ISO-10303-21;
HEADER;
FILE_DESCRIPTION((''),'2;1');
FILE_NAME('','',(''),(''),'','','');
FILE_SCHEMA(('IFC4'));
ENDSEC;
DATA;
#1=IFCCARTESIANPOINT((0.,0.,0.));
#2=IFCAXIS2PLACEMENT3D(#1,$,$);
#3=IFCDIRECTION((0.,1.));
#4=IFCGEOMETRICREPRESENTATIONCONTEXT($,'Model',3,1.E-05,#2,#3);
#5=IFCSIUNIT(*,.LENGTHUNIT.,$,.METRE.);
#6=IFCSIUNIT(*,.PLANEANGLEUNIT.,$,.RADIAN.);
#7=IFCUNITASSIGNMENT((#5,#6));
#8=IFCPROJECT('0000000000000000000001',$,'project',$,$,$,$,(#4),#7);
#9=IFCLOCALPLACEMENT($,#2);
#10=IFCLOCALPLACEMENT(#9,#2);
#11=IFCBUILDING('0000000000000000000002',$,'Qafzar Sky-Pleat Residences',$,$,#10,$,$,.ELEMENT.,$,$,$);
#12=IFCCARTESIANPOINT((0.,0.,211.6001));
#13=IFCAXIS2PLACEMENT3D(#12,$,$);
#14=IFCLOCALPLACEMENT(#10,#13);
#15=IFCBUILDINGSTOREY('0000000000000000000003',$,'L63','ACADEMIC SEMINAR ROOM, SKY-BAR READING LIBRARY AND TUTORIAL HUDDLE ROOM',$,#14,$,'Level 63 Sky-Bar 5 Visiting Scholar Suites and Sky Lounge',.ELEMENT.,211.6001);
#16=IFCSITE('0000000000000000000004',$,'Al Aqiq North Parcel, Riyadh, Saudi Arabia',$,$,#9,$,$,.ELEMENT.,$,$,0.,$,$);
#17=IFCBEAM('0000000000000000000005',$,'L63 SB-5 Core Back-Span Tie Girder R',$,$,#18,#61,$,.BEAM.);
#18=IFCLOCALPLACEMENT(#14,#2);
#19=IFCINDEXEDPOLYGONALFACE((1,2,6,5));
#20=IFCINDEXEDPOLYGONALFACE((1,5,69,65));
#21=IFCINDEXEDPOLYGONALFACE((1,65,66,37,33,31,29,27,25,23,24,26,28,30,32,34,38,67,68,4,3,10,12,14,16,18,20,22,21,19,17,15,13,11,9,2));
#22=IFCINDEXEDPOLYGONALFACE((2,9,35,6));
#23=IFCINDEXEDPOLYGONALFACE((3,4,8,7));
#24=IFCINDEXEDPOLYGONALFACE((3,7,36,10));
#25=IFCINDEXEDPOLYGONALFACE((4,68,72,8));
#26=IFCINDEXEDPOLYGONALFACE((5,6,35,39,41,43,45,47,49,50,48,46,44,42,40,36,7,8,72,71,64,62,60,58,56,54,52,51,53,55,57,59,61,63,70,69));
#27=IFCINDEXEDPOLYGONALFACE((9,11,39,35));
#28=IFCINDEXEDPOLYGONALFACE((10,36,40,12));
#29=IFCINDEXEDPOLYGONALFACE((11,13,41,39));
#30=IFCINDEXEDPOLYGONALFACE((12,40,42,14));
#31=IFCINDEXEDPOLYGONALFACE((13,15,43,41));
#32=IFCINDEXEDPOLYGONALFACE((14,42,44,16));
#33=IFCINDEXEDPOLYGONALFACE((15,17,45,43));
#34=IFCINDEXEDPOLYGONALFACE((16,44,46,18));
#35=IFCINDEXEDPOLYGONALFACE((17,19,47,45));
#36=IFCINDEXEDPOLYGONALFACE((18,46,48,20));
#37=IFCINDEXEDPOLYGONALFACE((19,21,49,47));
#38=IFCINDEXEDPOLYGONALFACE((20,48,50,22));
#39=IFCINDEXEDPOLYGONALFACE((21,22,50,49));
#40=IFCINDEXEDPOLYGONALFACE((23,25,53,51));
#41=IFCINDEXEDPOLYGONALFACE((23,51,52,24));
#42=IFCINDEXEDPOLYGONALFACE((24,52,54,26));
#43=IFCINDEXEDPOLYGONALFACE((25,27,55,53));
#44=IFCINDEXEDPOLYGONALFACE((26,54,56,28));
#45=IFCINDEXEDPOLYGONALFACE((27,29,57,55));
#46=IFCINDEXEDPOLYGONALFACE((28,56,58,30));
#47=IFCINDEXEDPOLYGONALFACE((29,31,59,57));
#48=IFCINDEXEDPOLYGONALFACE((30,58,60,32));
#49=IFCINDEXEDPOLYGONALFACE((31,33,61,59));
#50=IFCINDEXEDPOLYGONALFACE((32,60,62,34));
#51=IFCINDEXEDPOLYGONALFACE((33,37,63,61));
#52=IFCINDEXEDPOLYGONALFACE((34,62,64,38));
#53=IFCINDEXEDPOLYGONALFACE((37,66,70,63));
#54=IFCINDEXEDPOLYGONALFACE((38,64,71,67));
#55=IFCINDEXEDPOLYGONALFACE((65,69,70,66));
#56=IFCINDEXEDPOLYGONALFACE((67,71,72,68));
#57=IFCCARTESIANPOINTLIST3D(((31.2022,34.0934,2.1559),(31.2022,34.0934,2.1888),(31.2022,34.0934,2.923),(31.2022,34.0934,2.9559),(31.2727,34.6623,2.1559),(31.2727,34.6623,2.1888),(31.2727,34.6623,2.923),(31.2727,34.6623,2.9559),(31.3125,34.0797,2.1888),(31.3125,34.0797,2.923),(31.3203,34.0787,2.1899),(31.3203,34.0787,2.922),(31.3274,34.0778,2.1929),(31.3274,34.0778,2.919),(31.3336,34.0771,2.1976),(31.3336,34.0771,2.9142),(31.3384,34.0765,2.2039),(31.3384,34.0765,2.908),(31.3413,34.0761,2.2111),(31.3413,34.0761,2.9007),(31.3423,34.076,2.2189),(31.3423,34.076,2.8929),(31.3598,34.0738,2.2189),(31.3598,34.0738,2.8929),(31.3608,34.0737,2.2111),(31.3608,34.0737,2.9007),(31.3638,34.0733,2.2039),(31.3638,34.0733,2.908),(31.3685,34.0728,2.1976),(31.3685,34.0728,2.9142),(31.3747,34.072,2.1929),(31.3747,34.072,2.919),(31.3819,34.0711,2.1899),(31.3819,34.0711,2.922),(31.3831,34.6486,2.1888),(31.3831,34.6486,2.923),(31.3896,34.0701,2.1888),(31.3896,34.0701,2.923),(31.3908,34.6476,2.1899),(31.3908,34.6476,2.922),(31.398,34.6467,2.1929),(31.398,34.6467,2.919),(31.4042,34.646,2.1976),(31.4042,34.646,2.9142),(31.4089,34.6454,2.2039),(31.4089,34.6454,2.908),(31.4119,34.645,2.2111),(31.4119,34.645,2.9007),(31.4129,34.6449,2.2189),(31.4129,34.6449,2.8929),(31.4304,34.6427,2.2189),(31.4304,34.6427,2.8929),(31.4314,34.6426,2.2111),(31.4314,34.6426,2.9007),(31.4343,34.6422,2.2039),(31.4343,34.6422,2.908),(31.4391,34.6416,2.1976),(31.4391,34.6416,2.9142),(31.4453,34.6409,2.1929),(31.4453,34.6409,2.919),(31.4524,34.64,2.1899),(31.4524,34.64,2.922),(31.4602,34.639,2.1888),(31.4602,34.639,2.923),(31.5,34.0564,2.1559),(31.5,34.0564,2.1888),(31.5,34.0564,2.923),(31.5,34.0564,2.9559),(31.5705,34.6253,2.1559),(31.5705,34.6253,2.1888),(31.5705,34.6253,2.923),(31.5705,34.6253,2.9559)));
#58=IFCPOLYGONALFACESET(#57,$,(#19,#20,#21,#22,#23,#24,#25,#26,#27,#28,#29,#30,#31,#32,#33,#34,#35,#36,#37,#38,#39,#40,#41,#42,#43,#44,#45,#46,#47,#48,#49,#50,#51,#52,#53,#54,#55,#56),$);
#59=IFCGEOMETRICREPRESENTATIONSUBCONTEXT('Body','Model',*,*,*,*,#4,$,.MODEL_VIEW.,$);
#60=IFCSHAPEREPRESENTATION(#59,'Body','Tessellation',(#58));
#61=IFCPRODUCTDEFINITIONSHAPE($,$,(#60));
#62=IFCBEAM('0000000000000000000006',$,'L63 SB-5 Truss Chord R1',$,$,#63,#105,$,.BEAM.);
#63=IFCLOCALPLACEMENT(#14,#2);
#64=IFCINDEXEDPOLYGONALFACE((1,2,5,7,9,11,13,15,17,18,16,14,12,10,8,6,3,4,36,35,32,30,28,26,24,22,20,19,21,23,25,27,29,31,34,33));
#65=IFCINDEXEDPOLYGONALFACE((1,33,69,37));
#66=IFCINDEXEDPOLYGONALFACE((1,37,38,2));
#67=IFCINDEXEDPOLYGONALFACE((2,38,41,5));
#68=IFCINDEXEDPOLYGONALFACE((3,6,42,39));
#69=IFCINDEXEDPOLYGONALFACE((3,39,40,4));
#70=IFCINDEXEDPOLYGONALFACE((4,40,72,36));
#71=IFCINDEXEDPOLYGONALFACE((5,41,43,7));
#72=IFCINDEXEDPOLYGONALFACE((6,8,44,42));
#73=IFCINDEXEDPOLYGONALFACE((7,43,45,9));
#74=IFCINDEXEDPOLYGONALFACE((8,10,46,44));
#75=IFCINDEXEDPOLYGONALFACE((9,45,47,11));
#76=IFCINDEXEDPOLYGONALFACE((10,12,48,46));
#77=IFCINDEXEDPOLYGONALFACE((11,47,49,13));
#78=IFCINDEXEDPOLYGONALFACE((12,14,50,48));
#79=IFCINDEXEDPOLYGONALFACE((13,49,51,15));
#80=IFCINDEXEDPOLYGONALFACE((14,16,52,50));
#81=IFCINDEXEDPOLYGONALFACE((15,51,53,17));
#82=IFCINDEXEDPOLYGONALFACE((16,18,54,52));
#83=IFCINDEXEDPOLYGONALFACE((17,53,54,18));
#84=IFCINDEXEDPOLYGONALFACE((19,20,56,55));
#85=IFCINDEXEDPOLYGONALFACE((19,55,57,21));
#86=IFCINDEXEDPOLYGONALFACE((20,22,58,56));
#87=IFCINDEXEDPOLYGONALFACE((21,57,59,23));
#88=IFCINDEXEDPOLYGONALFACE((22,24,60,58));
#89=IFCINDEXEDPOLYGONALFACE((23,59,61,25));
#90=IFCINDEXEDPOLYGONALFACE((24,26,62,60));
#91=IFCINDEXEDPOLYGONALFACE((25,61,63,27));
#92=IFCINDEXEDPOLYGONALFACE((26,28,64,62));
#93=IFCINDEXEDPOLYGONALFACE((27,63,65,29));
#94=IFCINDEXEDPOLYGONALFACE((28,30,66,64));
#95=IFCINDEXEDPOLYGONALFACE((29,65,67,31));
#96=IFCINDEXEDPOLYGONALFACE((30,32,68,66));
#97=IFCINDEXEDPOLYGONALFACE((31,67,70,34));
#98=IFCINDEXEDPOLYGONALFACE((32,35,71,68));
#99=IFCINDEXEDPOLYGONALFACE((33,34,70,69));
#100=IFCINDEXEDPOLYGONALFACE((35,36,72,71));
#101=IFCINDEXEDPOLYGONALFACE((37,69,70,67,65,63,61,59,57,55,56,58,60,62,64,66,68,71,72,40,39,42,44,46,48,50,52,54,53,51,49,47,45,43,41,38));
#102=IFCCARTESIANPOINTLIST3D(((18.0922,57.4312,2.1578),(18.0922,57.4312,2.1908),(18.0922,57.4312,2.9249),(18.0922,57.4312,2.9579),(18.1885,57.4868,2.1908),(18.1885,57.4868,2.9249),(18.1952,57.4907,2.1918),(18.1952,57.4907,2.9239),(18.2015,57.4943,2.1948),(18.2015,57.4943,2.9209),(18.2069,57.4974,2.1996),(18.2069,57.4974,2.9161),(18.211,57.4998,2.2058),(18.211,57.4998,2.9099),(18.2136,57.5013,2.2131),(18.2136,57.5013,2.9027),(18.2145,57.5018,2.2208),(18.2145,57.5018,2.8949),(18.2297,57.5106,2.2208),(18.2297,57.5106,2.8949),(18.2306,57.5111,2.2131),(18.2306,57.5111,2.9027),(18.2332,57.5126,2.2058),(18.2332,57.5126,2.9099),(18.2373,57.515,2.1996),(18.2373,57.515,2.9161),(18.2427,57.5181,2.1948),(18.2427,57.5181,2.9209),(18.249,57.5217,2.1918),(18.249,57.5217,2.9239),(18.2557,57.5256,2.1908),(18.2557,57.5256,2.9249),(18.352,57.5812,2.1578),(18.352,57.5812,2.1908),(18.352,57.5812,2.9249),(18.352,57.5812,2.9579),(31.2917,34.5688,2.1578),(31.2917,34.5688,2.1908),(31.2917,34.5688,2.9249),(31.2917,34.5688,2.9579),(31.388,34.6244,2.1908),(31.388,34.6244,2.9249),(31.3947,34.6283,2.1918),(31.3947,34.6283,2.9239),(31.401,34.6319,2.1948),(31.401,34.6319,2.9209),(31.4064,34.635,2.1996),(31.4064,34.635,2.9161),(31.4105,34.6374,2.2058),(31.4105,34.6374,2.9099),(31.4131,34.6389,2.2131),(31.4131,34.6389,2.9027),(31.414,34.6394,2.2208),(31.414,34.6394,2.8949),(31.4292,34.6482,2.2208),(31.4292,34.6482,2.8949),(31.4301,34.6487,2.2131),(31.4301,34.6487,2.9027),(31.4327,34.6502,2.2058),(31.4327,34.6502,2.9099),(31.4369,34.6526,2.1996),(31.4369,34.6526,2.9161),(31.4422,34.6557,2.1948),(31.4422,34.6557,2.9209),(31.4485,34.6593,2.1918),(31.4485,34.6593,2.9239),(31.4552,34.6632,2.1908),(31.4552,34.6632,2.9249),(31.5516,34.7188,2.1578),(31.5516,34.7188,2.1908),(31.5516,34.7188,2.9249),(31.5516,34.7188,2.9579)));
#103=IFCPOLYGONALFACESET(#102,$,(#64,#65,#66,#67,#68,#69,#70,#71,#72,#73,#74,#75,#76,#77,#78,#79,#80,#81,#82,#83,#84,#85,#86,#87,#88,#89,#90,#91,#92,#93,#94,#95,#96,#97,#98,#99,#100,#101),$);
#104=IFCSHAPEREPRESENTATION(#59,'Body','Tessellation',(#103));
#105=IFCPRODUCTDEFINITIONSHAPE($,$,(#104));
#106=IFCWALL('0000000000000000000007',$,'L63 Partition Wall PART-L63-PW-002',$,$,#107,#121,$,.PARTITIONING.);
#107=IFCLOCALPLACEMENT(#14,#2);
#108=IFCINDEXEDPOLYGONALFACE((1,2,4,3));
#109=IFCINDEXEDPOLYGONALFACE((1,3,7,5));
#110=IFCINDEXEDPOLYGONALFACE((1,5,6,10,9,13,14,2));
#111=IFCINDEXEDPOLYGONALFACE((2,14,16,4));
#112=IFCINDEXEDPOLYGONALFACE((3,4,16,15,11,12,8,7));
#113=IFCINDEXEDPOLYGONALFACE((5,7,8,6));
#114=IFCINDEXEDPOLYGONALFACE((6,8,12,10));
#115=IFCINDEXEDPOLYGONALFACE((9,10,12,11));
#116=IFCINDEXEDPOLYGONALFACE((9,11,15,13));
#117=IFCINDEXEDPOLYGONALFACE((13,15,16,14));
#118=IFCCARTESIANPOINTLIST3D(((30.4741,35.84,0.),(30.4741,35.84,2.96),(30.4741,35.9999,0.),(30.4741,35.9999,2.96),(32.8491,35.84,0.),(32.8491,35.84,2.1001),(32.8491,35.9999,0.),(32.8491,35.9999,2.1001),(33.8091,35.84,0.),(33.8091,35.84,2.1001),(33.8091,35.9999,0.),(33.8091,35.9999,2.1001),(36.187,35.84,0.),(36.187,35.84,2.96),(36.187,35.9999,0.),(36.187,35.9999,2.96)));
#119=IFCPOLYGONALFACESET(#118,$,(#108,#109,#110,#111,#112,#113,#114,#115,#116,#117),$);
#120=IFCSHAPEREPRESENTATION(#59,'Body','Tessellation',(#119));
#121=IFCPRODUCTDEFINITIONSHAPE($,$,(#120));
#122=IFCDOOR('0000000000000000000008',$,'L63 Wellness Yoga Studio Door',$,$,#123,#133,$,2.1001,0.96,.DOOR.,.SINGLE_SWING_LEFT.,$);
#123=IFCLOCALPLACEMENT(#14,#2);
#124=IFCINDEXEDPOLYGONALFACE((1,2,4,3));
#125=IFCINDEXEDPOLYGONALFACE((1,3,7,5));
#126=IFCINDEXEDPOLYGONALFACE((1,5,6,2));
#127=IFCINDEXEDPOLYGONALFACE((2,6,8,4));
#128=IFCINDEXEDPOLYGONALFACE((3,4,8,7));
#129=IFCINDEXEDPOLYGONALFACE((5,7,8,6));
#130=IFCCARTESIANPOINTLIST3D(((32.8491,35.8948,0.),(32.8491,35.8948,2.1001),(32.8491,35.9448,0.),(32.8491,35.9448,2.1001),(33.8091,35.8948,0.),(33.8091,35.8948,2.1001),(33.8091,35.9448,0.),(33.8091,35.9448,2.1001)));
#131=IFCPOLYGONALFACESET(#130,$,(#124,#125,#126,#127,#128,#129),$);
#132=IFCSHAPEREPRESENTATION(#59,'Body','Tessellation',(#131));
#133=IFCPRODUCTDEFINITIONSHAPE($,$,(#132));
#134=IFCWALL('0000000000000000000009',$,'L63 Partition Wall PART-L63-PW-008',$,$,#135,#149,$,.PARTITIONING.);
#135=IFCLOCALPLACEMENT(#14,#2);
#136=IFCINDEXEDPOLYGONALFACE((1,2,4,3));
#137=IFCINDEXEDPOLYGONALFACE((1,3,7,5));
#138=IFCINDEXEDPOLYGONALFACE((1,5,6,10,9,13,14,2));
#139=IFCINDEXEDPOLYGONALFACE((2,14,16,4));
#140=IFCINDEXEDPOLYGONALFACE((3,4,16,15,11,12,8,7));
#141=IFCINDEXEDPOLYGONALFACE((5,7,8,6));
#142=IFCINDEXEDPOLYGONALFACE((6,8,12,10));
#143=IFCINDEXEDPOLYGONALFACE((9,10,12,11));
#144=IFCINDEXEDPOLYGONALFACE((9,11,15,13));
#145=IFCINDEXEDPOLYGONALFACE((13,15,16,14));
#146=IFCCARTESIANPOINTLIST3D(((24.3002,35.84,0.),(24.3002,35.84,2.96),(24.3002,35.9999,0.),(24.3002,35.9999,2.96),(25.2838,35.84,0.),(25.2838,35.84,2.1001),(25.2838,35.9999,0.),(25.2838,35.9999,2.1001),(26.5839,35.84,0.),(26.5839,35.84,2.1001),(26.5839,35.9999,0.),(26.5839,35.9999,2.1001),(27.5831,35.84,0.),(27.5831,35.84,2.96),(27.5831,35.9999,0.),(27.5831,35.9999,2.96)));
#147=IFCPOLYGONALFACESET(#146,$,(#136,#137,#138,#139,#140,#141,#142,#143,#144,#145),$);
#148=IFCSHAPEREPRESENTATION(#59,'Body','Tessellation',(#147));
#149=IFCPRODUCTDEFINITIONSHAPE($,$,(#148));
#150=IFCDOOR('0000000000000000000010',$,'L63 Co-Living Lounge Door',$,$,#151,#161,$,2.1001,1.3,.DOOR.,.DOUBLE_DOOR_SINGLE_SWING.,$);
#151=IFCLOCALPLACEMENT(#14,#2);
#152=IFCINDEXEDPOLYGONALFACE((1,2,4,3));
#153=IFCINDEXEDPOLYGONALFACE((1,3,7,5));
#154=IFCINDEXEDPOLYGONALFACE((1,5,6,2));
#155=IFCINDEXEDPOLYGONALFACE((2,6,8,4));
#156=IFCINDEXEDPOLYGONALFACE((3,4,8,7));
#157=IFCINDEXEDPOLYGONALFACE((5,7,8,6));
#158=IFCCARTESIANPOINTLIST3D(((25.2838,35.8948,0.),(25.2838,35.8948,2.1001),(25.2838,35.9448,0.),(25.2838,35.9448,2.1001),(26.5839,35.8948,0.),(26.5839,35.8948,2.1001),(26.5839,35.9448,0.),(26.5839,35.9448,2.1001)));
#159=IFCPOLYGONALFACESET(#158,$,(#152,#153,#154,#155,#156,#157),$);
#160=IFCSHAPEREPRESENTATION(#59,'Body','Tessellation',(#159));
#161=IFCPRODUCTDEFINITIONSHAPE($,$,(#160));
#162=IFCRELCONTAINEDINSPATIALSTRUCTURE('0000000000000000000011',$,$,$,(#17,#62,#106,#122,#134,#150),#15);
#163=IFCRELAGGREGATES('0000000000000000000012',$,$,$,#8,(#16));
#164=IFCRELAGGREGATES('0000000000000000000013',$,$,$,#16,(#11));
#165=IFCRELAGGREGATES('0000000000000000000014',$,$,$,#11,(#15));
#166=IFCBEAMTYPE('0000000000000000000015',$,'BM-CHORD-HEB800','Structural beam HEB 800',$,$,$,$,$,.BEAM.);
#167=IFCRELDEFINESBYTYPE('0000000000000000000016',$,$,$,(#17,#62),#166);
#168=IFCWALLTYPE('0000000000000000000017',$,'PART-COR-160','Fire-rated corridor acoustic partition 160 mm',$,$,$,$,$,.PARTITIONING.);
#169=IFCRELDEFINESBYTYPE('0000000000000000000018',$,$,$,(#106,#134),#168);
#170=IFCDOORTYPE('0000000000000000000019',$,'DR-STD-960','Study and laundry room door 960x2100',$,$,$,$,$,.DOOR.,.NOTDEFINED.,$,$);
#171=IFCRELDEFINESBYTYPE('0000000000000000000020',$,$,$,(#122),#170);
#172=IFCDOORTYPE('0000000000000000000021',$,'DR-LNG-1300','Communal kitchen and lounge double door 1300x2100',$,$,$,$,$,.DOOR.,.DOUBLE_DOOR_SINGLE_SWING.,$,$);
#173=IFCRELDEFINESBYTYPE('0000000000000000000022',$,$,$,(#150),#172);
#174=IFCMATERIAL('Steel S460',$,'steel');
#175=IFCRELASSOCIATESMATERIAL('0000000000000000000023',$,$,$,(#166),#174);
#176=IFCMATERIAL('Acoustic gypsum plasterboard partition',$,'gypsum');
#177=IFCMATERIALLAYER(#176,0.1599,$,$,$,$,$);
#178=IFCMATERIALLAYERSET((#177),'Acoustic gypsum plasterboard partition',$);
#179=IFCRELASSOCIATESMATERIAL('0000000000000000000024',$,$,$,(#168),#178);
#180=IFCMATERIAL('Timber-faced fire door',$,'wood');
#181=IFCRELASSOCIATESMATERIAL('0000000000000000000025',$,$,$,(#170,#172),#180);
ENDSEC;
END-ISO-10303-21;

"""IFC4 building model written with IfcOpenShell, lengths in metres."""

from ifc_helpers import new_model, si_unit, direction, frame, frame_2d, origin, origin_2d, place, context, subcontext, project, spatial, rectangle, i_section, extrude, source, transform, mapped, material, layer, layer_set, material_profile, profile_set, type_object, element, fill, save


model = new_model("IFC4")

# Units and contexts
model_context = context("Model", 3, precision=1e-05, world=origin(), true_north=direction((0.0, 1.0)))
body_context = subcontext(model_context, "Body", "Model", "MODEL_VIEW")
ifc_project = project(units=[si_unit("LENGTHUNIT", "METRE"), si_unit("PLANEANGLEUNIT", "RADIAN")], contexts=[model_context])

# Site, building, storey
site_placement = place(None, origin())
site = spatial("IfcSite", under=ifc_project, at=site_placement, Name="Al Aqiq North Parcel, Riyadh, Saudi Arabia", CompositionType="ELEMENT", RefElevation=0.0)
building_placement = place(site_placement, origin())
building = spatial("IfcBuilding", under=site, at=building_placement, Name="Qafzar Sky-Pleat Residences", CompositionType="ELEMENT")
storey_placement = place(building_placement, frame((0.0, 0.0, 211.6001)))
storey = spatial("IfcBuildingStorey", under=building, at=storey_placement, Name="L63", Description="ACADEMIC SEMINAR ROOM, SKY-BAR READING LIBRARY AND TUTORIAL HUDDLE ROOM", LongName="Level 63 Sky-Bar 5 Visiting Scholar Suites and Sky Lounge", CompositionType="ELEMENT", Elevation=211.6001)

# Beams
ifc_material_1 = material(Name="Steel S460", Category="steel")
ifc_material_profile = material_profile(ifc_material_1, i_section(OverallWidth=0.3, OverallDepth=0.8, WebThickness=0.0176, FlangeThickness=0.033, FilletRadius=0.03, at=origin_2d()), Name="HEB 800")
ifc_profile_set = profile_set([ifc_material_profile], Name="Steel S460")
beam_type = type_object("IfcBeamType", Name="BM-CHORD-HEB800", Description="Structural beam HEB 800", PredefinedType="BEAM", material=ifc_profile_set)
shared_shape_1 = source(origin(), body_context, "Body", "SweptSolid", [
    extrude(i_section(OverallWidth=0.3, OverallDepth=0.8, WebThickness=0.0176, FlangeThickness=0.033, FilletRadius=0.03, at=origin_2d()), origin(), (0.0, 0.0, 1.0), 0.5732),
])
beam_1_placement = place(storey_placement, frame((31.4216, 34.6438, 2.5559), z_axis=(-0.123091, -0.992395, 0.0), x_axis=(0.992395, -0.123091, 0.0)))
element("IfcBeam", 1, at=beam_1_placement, inside=storey, type_object=beam_type, Name="L63 SB-5 Core Back-Span Tie Girder R", PredefinedType="BEAM", context=body_context, shape_type="MappedRepresentation", body=[
    mapped(shared_shape_1, transform((0.0, 0.0, 0.0), x_axis=(1.0, 0.0, 0.0), y_axis=(0.0, 1.0, 0.0), z_axis=(0.0, 0.0, 1.0), scale=1.0)),
])
shared_shape_2 = source(origin(), body_context, "Body", "SweptSolid", [
    extrude(i_section(OverallWidth=0.3, OverallDepth=0.8, WebThickness=0.0176, FlangeThickness=0.033, FilletRadius=0.03, at=origin_2d()), origin(), (0.0, 0.0, 1.0), 26.3992),
])
beam_2_placement = place(storey_placement, frame((31.4216, 34.6438, 2.5579), z_axis=(-0.499997, 0.866027, 0.0), x_axis=(-0.866027, -0.499997, 0.0)))
element("IfcBeam", 2, at=beam_2_placement, inside=storey, type_object=beam_type, Name="L63 SB-5 Truss Chord R1", PredefinedType="BEAM", context=body_context, shape_type="MappedRepresentation", body=[
    mapped(shared_shape_2, transform((0.0, 0.0, 0.0), x_axis=(1.0, 0.0, 0.0), y_axis=(0.0, 1.0, 0.0), z_axis=(0.0, 0.0, 1.0), scale=1.0)),
])

# Walls, openings, doors
ifc_material_2 = material(Name="Acoustic gypsum plasterboard partition", Category="gypsum")
ifc_layer_1 = layer(ifc_material_2, 0.1599)
ifc_layer_set_1 = layer_set([ifc_layer_1], Name="Acoustic gypsum plasterboard partition")
wall_type_1 = type_object("IfcWallType", Name="PART-COR-160", Description="Fire-rated corridor acoustic partition 160 mm", PredefinedType="PARTITIONING", material=ifc_layer_set_1)
wall_1_placement = place(storey_placement, frame((30.4741, 35.9199, 0.0), z_axis=(0.0, 0.0, 1.0), x_axis=(1.0, 0.0, 0.0)))
wall_1 = element("IfcWall", 3, at=wall_1_placement, inside=storey, type_object=wall_type_1, Name="L63 Partition Wall PART-L63-PW-002", PredefinedType="PARTITIONING", context=body_context, shape_type="SweptSolid", body=[
    extrude(rectangle(XDim=5.7129, YDim=0.1599, at=frame_2d((2.8564, 0.0))), origin(), (0.0, 0.0, 1.0), 2.96),
])
opening_1_placement = place(wall_1_placement, frame((2.375, 0.0, 0.0)))
opening_1 = element("IfcOpeningElement", 4, at=opening_1_placement, cuts=wall_1, PredefinedType="OPENING", context=body_context, shape_type="SweptSolid", body=[
    extrude(rectangle(XDim=0.96, YDim=2.1001, at=frame_2d((0.48, 1.05))), frame((0.0, 0.0898, 0.0), z_axis=(0.0, -1.0, 0.0), x_axis=(1.0, 0.0, 0.0)), (0.0, 0.0, 1.0), 0.1799),
])
ifc_material_3 = material(Name="Timber-faced fire door", Category="wood")
door_type_1 = type_object("IfcDoorType", Name="DR-STD-960", Description="Study and laundry room door 960x2100", OperationType="NOTDEFINED", PredefinedType="DOOR", material=ifc_material_3)
shared_shape_3 = source(origin(), body_context, "Body", "SweptSolid", [
    extrude(rectangle(XDim=0.96, YDim=2.1001, at=frame_2d((0.48, 1.05))), frame((0.0, 0.0249, 0.0), z_axis=(0.0, -1.0, 0.0), x_axis=(1.0, 0.0, 0.0)), (0.0, 0.0, 1.0), 0.05),
])
door_1_placement = place(opening_1_placement, origin())
door_1 = element("IfcDoor", 5, at=door_1_placement, inside=storey, type_object=door_type_1, Name="L63 Wellness Yoga Studio Door", OperationType="SINGLE_SWING_LEFT", OverallHeight=2.1001, OverallWidth=0.96, PredefinedType="DOOR", context=body_context, shape_type="MappedRepresentation", body=[
    mapped(shared_shape_3, transform((0.0, 0.0, 0.0), x_axis=(1.0, 0.0, 0.0), y_axis=(0.0, 1.0, 0.0), z_axis=(0.0, 0.0, 1.0), scale=1.0)),
])
fill(opening_1, door_1)
wall_2_placement = place(storey_placement, frame((24.3, 35.9199, 0.0), z_axis=(0.0, 0.0, 1.0), x_axis=(1.0, 0.0, 0.0)))
wall_2 = element("IfcWall", 6, at=wall_2_placement, inside=storey, type_object=wall_type_1, Name="L63 Partition Wall PART-L63-PW-008", PredefinedType="PARTITIONING", context=body_context, shape_type="SweptSolid", body=[
    extrude(rectangle(XDim=3.283, YDim=0.1599, at=frame_2d((1.6416, 0.0))), origin(), (0.0, 0.0, 1.0), 2.96),
])
opening_2_placement = place(wall_2_placement, frame((0.9839, 0.0, 0.0)))
opening_2 = element("IfcOpeningElement", 7, at=opening_2_placement, cuts=wall_2, PredefinedType="OPENING", context=body_context, shape_type="SweptSolid", body=[
    extrude(rectangle(XDim=1.3, YDim=2.1001, at=frame_2d((0.6499, 1.05))), frame((0.0, 0.0898, 0.0), z_axis=(0.0, -1.0, 0.0), x_axis=(1.0, 0.0, 0.0)), (0.0, 0.0, 1.0), 0.1799),
])
door_type_2 = type_object("IfcDoorType", Name="DR-LNG-1300", Description="Communal kitchen and lounge double door 1300x2100", OperationType="DOUBLE_DOOR_SINGLE_SWING", PredefinedType="DOOR", material=ifc_material_3)
shared_shape_4 = source(origin(), body_context, "Body", "SweptSolid", [
    extrude(rectangle(XDim=1.3, YDim=2.1001, at=frame_2d((0.6499, 1.05))), frame((0.0, 0.0249, 0.0), z_axis=(0.0, -1.0, 0.0), x_axis=(1.0, 0.0, 0.0)), (0.0, 0.0, 1.0), 0.05),
])
door_2_placement = place(opening_2_placement, origin())
door_2 = element("IfcDoor", 8, at=door_2_placement, inside=storey, type_object=door_type_2, Name="L63 Co-Living Lounge Door", OperationType="DOUBLE_DOOR_SINGLE_SWING", OverallHeight=2.1001, OverallWidth=1.3, PredefinedType="DOOR", context=body_context, shape_type="MappedRepresentation", body=[
    mapped(shared_shape_4, transform((0.0, 0.0, 0.0), x_axis=(1.0, 0.0, 0.0), y_axis=(0.0, 1.0, 0.0), z_axis=(0.0, 0.0, 1.0), scale=1.0)),
])
fill(opening_2, door_2)

save(model, "model.ifc")
